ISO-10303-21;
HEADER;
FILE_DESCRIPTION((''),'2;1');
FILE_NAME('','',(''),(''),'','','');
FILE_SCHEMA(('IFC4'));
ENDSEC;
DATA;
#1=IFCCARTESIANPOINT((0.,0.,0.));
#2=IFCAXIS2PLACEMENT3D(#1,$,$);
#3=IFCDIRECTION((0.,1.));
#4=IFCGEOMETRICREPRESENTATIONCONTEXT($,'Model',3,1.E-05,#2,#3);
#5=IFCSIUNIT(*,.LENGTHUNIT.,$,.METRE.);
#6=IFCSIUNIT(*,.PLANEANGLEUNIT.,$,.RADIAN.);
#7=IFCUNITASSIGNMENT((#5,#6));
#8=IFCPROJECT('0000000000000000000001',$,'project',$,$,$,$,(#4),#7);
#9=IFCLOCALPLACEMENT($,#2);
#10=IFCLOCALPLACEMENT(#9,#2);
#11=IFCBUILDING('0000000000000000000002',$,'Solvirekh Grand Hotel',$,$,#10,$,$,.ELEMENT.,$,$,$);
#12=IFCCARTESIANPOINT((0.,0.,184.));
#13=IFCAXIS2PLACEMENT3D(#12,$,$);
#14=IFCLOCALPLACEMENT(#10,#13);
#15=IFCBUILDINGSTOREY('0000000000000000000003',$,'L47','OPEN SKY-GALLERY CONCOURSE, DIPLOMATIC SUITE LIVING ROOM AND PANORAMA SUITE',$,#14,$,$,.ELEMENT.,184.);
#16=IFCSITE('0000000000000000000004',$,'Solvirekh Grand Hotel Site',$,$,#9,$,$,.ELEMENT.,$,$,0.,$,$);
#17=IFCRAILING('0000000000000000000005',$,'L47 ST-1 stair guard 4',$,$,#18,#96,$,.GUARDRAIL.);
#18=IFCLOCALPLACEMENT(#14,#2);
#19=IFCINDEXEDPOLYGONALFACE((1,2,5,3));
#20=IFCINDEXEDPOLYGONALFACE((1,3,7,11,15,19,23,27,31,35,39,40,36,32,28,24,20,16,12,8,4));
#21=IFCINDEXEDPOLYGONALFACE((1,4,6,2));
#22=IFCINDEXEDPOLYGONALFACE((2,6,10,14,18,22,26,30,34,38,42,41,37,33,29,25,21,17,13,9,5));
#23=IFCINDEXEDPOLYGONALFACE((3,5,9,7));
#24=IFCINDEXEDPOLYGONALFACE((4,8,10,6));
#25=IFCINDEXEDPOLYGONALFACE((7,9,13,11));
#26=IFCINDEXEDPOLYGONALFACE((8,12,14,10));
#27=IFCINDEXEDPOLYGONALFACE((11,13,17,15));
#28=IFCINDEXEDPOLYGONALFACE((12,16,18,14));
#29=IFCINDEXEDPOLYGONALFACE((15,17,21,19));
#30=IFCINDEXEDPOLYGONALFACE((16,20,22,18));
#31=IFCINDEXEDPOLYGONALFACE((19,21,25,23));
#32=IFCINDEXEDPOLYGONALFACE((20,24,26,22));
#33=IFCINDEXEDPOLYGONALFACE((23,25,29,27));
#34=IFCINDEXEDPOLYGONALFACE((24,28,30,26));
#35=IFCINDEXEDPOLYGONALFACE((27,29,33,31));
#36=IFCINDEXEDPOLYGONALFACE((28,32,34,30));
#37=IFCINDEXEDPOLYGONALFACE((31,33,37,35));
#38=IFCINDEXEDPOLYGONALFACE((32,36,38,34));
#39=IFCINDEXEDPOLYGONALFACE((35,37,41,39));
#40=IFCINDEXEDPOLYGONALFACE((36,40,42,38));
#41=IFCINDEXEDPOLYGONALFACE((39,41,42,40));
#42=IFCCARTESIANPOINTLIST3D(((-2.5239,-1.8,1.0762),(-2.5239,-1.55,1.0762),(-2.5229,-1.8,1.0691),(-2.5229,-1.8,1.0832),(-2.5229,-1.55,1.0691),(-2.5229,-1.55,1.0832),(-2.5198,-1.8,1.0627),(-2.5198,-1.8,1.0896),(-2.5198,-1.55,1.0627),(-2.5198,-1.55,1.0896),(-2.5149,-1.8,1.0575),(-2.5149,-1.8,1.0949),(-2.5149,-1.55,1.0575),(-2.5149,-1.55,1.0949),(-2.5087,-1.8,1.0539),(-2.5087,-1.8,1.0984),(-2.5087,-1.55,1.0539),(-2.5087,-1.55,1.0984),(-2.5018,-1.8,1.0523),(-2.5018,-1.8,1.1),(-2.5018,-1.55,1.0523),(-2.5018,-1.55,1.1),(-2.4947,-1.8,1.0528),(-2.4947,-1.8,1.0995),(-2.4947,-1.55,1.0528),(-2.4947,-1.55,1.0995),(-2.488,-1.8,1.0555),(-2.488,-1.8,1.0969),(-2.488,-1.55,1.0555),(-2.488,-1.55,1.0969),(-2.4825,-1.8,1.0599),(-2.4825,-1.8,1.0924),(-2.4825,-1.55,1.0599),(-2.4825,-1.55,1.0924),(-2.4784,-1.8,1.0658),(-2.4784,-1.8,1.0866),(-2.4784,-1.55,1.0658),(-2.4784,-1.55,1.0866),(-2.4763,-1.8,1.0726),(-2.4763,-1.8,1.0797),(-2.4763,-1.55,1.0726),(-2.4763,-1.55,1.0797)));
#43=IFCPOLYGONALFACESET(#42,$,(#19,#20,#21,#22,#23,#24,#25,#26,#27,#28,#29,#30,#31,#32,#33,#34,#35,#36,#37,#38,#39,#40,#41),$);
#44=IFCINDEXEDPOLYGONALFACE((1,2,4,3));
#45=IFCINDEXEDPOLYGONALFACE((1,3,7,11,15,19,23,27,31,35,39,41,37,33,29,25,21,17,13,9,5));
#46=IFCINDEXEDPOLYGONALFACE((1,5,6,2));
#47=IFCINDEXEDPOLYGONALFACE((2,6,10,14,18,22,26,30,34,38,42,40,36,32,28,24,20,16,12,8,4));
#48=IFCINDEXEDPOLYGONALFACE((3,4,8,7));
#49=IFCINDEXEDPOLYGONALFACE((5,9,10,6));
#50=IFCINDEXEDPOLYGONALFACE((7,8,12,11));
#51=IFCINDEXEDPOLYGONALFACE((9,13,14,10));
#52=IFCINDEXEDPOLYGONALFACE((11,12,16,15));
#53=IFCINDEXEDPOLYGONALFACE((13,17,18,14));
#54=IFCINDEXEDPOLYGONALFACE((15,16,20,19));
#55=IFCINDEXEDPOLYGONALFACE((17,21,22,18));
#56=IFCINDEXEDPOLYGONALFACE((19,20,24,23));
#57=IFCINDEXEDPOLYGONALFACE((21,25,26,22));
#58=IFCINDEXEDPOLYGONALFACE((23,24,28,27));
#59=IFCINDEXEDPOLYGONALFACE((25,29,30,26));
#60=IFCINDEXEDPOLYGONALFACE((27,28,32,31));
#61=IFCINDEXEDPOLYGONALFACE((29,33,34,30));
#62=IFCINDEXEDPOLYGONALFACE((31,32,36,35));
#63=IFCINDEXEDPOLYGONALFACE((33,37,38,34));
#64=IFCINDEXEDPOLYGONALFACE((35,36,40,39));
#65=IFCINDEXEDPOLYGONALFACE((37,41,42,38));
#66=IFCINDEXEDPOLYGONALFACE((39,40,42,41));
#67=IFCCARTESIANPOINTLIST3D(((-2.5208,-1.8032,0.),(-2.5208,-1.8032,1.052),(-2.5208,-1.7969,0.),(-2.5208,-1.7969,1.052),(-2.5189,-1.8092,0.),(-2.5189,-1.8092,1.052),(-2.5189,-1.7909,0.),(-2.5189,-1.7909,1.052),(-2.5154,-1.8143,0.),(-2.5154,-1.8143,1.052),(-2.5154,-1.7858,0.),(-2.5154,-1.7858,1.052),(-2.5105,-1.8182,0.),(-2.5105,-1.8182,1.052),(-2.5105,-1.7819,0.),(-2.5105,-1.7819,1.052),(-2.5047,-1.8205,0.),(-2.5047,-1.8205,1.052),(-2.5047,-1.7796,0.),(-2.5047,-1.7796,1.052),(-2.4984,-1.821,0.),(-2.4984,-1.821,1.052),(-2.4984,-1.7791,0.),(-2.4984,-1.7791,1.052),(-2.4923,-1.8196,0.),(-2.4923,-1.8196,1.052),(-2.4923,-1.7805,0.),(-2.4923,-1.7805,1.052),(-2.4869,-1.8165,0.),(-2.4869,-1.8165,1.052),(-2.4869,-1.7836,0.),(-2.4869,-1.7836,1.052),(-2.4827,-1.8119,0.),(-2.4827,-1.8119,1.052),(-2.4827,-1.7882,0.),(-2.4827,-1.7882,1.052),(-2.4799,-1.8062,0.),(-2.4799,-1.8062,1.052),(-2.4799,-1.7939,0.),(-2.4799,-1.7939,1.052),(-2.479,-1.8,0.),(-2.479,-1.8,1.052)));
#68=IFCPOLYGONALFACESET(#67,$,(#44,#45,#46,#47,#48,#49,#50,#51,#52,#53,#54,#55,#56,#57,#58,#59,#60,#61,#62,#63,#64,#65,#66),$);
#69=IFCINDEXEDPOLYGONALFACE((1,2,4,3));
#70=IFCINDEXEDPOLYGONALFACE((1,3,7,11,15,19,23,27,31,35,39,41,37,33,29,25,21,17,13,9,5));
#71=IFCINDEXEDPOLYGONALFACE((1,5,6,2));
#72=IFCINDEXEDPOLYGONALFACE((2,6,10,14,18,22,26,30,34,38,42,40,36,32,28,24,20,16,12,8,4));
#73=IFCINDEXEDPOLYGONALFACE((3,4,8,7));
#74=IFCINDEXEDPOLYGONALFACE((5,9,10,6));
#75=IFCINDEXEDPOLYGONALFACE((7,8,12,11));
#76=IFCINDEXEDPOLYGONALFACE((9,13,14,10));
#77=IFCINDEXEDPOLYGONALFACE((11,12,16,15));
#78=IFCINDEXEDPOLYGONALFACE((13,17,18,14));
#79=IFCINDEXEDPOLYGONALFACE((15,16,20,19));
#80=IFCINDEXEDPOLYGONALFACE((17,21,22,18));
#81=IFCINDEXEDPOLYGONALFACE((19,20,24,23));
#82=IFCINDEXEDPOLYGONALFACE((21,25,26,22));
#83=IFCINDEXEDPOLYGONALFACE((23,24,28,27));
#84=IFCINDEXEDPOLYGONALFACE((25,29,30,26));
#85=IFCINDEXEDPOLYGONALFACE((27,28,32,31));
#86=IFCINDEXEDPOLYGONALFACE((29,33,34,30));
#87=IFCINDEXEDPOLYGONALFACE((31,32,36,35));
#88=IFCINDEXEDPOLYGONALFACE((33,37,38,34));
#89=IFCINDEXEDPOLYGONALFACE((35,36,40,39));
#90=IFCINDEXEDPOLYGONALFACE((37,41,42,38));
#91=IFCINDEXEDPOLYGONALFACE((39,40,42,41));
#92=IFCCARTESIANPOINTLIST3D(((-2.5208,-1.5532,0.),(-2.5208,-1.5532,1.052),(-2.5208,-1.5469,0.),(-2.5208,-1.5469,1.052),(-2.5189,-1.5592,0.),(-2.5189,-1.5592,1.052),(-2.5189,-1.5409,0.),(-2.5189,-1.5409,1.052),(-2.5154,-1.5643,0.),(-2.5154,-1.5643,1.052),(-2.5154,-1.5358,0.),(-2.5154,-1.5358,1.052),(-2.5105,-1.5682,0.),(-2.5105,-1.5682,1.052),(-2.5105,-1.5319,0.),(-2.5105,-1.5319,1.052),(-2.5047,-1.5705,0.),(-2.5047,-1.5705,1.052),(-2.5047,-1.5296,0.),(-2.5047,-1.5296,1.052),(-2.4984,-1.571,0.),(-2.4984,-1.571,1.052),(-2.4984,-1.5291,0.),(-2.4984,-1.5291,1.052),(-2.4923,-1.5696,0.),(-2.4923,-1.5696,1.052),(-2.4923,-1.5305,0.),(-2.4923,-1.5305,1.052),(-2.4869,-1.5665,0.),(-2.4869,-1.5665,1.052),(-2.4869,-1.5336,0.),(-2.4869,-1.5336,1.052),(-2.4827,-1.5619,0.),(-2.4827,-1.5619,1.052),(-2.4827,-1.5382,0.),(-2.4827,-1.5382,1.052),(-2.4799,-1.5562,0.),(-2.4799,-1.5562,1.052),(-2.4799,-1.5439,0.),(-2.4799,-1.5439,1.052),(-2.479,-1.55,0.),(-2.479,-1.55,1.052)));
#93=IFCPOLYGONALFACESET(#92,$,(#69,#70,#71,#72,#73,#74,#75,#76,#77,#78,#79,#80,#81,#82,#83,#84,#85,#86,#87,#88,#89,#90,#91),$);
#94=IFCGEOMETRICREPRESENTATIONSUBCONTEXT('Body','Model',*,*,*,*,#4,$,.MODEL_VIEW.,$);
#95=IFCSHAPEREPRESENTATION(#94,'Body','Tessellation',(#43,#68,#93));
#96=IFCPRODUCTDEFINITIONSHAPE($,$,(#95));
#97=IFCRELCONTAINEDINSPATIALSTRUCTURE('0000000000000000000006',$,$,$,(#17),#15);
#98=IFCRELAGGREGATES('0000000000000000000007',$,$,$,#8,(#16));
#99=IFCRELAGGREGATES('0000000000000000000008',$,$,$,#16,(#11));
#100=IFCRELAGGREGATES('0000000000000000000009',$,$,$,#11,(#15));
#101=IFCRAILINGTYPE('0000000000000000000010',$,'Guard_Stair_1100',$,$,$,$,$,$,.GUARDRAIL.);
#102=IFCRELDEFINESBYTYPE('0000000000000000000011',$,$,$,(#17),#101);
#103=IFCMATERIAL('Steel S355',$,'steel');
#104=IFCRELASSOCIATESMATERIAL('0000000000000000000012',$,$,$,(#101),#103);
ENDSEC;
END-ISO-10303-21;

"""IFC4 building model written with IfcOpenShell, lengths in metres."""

from ifc_helpers import new_model, si_unit, direction, frame, origin, origin_2d, place, context, subcontext, project, spatial, circle, extrude, material, type_object, element, save


model = new_model("IFC4")

# Units and contexts
model_context = context("Model", 3, precision=1e-05, world=origin(), true_north=direction((0.0, 1.0)))
body_context = subcontext(model_context, "Body", "Model", "MODEL_VIEW")
ifc_project = project(units=[si_unit("LENGTHUNIT", "METRE"), si_unit("PLANEANGLEUNIT", "RADIAN")], contexts=[model_context])

# Site, building, storey
site_placement = place(None, origin())
site = spatial("IfcSite", under=ifc_project, at=site_placement, Name="Solvirekh Grand Hotel Site", CompositionType="ELEMENT", RefElevation=0.0)
building_placement = place(site_placement, origin())
building = spatial("IfcBuilding", under=site, at=building_placement, Name="Solvirekh Grand Hotel", CompositionType="ELEMENT")
storey_placement = place(building_placement, frame((0.0, 0.0, 184.0)))
storey = spatial("IfcBuildingStorey", under=building, at=storey_placement, Name="L47", Description="OPEN SKY-GALLERY CONCOURSE, DIPLOMATIC SUITE LIVING ROOM AND PANORAMA SUITE", CompositionType="ELEMENT", Elevation=184.0)

# Shared definitions
ifc_material_1 = material(Name="Steel S355", Category="steel")

# Railing
railing_type_1 = type_object("IfcRailingType", Name="Guard_Stair_1100", PredefinedType="GUARDRAIL", material=ifc_material_1)
railing_1_placement = place(storey_placement, frame((-2.5, -1.8, 0.0)))
element("IfcRailing", 1, at=railing_1_placement, inside=storey, type_object=railing_type_1, Name="L47 ST-1 stair guard 4", PredefinedType="GUARDRAIL", context=body_context, shape_type="SweptSolid", body=[
    extrude(circle(Radius=0.0239, at=origin_2d()), frame((0.0, 0.0, 1.0762), z_axis=(0.0, 1.0, 0.0), x_axis=(-1.0, 0.0, 0.0)), (0.0, 0.0, 1.0), 0.25),
    extrude(circle(Radius=0.021, at=origin_2d()), origin(), (0.0, 0.0, 1.0), 1.052),
    extrude(circle(Radius=0.021, at=origin_2d()), frame((0.0, 0.25, 0.0)), (0.0, 0.0, 1.0), 1.052),
])

save(model, "model.ifc")
